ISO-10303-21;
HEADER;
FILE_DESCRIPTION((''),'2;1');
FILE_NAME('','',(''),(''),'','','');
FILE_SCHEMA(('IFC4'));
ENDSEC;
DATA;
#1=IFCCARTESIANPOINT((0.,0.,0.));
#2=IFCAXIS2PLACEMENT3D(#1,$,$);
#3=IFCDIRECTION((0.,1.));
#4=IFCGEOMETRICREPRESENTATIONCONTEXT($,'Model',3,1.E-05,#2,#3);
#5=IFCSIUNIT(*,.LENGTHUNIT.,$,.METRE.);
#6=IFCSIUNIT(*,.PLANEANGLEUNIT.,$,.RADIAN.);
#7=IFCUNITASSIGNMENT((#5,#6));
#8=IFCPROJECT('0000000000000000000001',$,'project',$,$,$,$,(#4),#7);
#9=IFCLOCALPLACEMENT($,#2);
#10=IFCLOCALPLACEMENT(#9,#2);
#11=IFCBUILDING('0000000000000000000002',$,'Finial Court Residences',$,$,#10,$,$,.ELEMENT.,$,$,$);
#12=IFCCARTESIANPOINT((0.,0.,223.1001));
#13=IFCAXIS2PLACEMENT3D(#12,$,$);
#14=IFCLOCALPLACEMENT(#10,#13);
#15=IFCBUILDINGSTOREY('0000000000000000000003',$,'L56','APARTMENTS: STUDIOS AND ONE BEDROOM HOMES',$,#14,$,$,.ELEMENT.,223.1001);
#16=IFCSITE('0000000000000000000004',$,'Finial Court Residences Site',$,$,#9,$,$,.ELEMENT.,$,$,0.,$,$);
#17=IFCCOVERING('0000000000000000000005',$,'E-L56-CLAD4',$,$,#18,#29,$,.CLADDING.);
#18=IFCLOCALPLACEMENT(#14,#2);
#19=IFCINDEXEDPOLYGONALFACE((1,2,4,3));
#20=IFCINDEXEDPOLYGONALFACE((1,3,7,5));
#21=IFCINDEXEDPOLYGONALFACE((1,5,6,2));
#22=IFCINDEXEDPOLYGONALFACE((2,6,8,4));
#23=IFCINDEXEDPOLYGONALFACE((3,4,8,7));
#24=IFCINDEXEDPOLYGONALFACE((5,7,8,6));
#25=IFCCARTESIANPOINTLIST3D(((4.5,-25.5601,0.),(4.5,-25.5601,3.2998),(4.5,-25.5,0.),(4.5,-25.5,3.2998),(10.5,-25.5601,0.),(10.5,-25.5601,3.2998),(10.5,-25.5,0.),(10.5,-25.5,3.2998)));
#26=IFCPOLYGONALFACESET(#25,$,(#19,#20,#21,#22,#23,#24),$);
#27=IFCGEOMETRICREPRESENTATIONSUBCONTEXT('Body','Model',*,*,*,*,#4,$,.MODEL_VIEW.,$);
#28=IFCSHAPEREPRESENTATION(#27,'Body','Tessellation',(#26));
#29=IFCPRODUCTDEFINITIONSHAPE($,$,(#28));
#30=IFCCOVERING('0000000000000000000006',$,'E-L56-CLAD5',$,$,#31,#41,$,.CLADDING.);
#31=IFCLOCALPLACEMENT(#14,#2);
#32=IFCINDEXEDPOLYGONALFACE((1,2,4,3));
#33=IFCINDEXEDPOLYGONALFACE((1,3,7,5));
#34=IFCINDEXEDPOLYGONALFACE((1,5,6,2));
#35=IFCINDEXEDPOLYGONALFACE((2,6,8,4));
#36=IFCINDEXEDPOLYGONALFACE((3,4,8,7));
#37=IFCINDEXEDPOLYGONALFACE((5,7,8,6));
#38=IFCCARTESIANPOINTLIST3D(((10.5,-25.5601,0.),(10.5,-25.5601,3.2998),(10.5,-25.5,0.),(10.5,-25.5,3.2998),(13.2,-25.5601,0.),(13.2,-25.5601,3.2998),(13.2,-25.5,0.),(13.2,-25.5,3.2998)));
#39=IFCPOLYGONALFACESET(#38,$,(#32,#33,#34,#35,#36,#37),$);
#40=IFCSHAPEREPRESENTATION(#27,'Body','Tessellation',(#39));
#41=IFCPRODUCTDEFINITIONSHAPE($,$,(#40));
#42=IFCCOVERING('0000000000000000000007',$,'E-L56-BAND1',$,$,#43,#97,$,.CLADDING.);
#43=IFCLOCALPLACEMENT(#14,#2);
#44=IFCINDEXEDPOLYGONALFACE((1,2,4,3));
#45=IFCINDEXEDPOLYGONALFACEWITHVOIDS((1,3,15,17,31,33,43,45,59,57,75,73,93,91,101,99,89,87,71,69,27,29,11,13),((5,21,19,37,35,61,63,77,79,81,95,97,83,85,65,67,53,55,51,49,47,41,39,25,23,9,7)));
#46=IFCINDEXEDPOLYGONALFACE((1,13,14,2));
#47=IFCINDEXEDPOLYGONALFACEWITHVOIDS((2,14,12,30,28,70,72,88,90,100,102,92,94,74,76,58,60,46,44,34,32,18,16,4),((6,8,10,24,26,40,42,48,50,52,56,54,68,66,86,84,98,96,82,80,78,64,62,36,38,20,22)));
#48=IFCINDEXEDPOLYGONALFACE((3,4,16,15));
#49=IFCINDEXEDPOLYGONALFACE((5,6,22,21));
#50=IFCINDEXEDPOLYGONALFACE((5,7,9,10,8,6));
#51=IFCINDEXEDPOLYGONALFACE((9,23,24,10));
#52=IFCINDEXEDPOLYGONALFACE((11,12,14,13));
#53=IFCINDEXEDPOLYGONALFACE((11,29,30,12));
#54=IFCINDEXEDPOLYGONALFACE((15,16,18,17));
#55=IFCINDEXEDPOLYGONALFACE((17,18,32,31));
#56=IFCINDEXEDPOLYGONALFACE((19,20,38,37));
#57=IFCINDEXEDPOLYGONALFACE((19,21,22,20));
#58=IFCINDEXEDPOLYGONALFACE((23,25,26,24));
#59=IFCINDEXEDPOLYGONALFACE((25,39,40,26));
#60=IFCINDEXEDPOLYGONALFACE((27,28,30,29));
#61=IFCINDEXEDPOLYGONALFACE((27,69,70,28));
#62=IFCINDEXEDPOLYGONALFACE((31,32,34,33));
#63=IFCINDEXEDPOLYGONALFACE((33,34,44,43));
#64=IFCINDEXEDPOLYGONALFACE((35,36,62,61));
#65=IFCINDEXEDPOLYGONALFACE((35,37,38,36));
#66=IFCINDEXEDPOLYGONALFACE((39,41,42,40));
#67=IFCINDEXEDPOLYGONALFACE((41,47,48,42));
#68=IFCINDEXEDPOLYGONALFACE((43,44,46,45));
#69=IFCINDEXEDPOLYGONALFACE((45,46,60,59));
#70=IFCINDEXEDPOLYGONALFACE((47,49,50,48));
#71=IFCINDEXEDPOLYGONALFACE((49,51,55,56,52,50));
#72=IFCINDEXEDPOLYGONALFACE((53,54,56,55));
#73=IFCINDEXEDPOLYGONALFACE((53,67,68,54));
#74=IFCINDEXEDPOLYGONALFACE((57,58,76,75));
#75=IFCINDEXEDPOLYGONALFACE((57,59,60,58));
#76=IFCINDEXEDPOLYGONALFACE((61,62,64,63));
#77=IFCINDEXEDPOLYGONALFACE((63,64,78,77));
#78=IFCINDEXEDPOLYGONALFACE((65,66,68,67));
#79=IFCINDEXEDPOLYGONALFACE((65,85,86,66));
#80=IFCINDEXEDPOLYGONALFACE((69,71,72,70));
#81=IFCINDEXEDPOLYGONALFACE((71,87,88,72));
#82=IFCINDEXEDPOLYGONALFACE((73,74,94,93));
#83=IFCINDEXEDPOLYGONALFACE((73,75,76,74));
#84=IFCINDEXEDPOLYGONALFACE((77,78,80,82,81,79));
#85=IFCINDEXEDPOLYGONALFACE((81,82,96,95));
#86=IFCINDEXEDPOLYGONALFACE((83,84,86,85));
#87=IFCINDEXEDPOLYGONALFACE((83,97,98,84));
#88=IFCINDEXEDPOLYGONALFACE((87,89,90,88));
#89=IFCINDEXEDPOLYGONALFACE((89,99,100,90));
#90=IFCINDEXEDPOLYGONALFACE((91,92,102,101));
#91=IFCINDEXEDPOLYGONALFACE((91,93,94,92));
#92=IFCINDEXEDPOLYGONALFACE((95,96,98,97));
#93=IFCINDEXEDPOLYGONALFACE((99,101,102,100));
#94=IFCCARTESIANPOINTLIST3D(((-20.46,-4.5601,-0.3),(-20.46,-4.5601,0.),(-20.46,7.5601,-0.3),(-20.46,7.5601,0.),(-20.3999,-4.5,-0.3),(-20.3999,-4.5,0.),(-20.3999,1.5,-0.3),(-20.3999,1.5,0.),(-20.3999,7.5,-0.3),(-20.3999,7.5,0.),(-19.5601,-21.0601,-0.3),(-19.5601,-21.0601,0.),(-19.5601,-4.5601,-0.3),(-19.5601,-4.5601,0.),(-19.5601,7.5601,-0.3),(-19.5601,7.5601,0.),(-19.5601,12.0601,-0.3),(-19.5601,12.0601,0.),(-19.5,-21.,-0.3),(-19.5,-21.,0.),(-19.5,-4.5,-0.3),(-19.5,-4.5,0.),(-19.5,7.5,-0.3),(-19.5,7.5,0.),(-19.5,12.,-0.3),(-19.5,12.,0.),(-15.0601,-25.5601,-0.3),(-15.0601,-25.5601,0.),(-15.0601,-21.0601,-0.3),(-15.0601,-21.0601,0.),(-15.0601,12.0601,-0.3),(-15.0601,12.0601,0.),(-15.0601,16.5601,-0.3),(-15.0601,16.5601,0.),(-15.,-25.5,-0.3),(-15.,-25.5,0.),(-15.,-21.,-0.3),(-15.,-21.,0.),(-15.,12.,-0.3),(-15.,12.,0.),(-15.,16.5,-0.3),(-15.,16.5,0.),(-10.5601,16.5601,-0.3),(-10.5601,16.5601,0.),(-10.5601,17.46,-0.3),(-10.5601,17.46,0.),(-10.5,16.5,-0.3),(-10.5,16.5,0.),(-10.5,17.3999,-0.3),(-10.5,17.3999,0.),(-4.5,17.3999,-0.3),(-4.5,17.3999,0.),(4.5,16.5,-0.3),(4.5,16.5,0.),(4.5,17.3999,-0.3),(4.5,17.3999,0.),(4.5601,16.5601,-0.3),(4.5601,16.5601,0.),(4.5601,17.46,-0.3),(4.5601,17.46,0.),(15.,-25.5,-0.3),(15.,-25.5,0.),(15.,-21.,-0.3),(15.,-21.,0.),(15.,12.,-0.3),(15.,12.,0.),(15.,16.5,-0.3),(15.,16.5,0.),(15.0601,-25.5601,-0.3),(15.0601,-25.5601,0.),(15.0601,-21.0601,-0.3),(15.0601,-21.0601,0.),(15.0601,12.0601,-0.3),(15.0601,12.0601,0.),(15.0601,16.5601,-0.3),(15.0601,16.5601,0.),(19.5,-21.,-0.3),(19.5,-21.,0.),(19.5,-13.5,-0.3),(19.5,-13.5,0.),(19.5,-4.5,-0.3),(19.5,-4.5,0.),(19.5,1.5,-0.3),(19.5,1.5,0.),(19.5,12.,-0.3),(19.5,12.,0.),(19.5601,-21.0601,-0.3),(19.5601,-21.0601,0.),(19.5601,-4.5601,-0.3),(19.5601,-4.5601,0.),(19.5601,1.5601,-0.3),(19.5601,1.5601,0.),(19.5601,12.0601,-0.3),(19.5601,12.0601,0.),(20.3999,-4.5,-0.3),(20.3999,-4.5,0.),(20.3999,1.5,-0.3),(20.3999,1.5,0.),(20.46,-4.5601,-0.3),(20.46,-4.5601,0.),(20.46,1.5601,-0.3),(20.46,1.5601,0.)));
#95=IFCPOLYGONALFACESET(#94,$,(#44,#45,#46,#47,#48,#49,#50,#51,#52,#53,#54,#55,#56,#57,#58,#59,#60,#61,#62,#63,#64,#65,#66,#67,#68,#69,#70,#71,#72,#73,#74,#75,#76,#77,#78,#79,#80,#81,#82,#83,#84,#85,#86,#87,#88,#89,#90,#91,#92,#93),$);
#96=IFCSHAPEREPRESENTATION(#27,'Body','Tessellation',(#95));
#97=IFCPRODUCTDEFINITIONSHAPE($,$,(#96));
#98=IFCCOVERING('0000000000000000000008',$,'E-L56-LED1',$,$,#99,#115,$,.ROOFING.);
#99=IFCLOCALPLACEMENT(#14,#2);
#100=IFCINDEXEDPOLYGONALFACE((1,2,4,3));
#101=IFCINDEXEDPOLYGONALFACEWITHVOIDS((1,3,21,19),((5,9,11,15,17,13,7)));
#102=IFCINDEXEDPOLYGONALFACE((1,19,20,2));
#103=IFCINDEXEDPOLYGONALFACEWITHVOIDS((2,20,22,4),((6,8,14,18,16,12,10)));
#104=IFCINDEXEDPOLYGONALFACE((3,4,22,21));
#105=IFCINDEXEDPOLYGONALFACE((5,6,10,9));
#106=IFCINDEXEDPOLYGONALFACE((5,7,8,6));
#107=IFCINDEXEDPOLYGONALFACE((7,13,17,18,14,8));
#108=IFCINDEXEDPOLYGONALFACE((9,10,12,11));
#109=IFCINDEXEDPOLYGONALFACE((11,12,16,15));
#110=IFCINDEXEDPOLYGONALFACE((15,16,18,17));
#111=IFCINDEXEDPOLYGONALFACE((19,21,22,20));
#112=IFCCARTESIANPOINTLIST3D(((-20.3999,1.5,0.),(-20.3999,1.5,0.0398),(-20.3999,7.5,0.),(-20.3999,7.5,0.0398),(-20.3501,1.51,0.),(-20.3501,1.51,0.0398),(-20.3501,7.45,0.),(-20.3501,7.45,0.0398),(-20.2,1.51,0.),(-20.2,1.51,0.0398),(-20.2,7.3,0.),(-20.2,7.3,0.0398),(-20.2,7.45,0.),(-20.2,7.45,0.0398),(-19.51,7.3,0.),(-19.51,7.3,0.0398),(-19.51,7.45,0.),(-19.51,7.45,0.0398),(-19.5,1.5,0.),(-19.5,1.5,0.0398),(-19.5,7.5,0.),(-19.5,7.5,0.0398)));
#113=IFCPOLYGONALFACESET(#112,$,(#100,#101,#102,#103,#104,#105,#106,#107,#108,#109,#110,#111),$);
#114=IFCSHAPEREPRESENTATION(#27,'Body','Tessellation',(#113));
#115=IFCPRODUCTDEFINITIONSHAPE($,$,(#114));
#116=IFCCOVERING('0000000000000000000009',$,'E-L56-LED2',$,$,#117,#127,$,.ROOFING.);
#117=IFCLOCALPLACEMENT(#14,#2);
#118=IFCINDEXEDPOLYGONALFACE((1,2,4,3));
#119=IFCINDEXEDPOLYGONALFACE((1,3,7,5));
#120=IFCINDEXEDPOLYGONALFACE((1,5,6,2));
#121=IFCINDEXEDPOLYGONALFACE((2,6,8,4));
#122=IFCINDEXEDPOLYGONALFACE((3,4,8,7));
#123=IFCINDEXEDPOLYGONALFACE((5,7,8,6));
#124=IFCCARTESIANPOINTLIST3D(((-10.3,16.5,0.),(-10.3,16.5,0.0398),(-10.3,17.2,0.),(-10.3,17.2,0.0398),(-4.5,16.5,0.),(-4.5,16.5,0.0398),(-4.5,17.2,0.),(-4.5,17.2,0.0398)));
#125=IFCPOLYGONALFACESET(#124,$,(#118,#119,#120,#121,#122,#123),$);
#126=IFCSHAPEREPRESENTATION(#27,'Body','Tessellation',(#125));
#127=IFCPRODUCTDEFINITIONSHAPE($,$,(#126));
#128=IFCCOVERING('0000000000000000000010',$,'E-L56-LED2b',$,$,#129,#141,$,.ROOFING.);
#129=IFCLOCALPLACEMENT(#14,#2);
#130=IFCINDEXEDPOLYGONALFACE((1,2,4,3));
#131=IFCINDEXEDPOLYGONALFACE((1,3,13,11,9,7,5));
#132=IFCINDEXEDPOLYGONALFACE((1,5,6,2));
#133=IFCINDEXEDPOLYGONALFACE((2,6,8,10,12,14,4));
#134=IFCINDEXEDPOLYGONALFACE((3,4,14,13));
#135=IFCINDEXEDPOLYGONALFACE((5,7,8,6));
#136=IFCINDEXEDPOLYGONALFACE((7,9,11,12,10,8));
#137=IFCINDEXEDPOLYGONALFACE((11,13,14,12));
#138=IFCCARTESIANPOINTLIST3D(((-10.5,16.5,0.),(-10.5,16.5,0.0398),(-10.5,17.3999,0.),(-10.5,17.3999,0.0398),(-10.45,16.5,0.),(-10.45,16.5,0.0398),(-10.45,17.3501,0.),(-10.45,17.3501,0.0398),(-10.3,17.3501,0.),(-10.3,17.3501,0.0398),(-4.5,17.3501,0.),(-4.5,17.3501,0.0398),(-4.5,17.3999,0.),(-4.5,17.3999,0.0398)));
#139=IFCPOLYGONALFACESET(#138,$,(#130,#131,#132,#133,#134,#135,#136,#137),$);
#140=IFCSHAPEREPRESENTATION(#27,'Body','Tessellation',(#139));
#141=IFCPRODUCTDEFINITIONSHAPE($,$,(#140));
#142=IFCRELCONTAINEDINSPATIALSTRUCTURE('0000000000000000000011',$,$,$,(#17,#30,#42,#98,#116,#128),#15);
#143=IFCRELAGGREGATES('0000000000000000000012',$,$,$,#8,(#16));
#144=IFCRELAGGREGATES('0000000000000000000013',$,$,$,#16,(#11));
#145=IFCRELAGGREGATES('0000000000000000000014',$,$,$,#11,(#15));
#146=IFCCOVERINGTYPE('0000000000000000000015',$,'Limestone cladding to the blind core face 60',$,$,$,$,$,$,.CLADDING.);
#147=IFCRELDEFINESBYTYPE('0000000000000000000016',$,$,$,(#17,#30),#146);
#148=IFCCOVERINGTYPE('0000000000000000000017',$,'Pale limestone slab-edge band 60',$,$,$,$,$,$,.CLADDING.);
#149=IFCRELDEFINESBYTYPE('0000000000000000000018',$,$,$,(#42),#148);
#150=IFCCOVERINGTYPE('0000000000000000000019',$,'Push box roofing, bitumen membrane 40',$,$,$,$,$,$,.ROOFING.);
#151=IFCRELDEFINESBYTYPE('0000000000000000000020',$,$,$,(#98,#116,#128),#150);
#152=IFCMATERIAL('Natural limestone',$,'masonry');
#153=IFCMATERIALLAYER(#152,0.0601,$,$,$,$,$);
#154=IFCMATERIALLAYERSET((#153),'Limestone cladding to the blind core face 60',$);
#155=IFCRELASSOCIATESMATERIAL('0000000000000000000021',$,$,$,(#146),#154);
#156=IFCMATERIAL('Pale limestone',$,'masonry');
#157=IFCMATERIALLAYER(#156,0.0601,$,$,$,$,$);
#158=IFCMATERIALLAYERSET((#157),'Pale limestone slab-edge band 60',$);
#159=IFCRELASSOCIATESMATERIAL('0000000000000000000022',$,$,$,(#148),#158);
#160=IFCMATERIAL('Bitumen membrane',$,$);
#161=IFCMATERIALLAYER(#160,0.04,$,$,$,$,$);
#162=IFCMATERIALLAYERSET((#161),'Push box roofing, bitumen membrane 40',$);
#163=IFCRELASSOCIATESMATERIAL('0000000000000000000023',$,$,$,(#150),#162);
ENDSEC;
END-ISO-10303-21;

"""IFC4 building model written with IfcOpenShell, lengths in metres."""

from ifc_helpers import new_model, si_unit, direction, frame, origin, place, context, subcontext, project, spatial, polyline, outline, extrude, material, layer, layer_set, type_object, element, save


model = new_model("IFC4")

# Units and contexts
model_context = context("Model", 3, precision=1e-05, world=origin(), true_north=direction((0.0, 1.0)))
body_context = subcontext(model_context, "Body", "Model", "MODEL_VIEW")
ifc_project = project(units=[si_unit("LENGTHUNIT", "METRE"), si_unit("PLANEANGLEUNIT", "RADIAN")], contexts=[model_context])

# Site, building, storey
site_placement = place(None, origin())
site = spatial("IfcSite", under=ifc_project, at=site_placement, Name="Finial Court Residences Site", CompositionType="ELEMENT", RefElevation=0.0)
building_placement = place(site_placement, origin())
building = spatial("IfcBuilding", under=site, at=building_placement, Name="Finial Court Residences", CompositionType="ELEMENT")
storey_placement = place(building_placement, frame((0.0, 0.0, 223.1001)))
storey = spatial("IfcBuildingStorey", under=building, at=storey_placement, Name="L56", Description="APARTMENTS: STUDIOS AND ONE BEDROOM HOMES", CompositionType="ELEMENT", Elevation=223.1001)

# Coverings
ifc_material_1 = material(Name="Natural limestone", Category="masonry")
ifc_layer_1 = layer(ifc_material_1, 0.0601)
ifc_layer_set_1 = layer_set([ifc_layer_1], Name="Limestone cladding to the blind core face 60")
covering_type_1 = type_object("IfcCoveringType", Name="Limestone cladding to the blind core face 60", PredefinedType="CLADDING", material=ifc_layer_set_1)
covering_1_placement = place(storey_placement, origin())
element("IfcCovering", 1, at=covering_1_placement, inside=storey, type_object=covering_type_1, Name="E-L56-CLAD4", PredefinedType="CLADDING", context=body_context, shape_type="SweptSolid", body=[
    extrude(outline(polyline([(10.5, -25.5601), (10.5, -25.5), (4.5, -25.5), (4.5, -25.5601), (10.5, -25.5601)])), origin(), (0.0, 0.0, 1.0), 3.2998),
])
covering_2_placement = place(storey_placement, origin())
element("IfcCovering", 2, at=covering_2_placement, inside=storey, type_object=covering_type_1, Name="E-L56-CLAD5", PredefinedType="CLADDING", context=body_context, shape_type="SweptSolid", body=[
    extrude(outline(polyline([(13.2, -25.5601), (13.2, -25.5), (10.5, -25.5), (10.5, -25.5601), (13.2, -25.5601)])), origin(), (0.0, 0.0, 1.0), 3.2998),
])
ifc_material_2 = material(Name="Pale limestone", Category="masonry")
ifc_layer_2 = layer(ifc_material_2, 0.0601)
ifc_layer_set_2 = layer_set([ifc_layer_2], Name="Pale limestone slab-edge band 60")
covering_type_2 = type_object("IfcCoveringType", Name="Pale limestone slab-edge band 60", PredefinedType="CLADDING", material=ifc_layer_set_2)
covering_3_placement = place(storey_placement, frame((0.0, 0.0, -0.3)))
element("IfcCovering", 3, at=covering_3_placement, inside=storey, type_object=covering_type_2, Name="E-L56-BAND1", PredefinedType="CLADDING", context=body_context, shape_type="SweptSolid", body=[
    extrude(outline(polyline([(15.0601, -21.0601), (15.0601, -25.5601), (-15.0601, -25.5601), (-15.0601, -21.0601), (-19.5601, -21.0601), (-19.5601, -4.5601), (-20.46, -4.5601), (-20.46, 7.5601), (-19.5601, 7.5601), (-19.5601, 12.0601), (-15.0601, 12.0601), (-15.0601, 16.5601), (-10.5601, 16.5601), (-10.5601, 17.46), (4.5601, 17.46), (4.5601, 16.5601), (15.0601, 16.5601), (15.0601, 12.0601), (19.5601, 12.0601), (19.5601, 1.5601), (20.46, 1.5601), (20.46, -4.5601), (19.5601, -4.5601), (19.5601, -21.0601), (15.0601, -21.0601)]), holes=[polyline([(19.5, -13.5), (19.5, -4.5), (20.3999, -4.5), (20.3999, 1.5), (19.5, 1.5), (19.5, 12.0), (15.0, 12.0), (15.0, 16.5), (4.5, 16.5), (4.5, 17.3999), (-4.5, 17.3999), (-10.5, 17.3999), (-10.5, 16.5), (-15.0, 16.5), (-15.0, 12.0), (-19.5, 12.0), (-19.5, 7.5), (-20.3999, 7.5), (-20.3999, 1.5), (-20.3999, -4.5), (-19.5, -4.5), (-19.5, -21.0), (-15.0, -21.0), (-15.0, -25.5), (15.0, -25.5), (15.0, -21.0), (19.5, -21.0), (19.5, -13.5)])]), origin(), (0.0, 0.0, 1.0), 0.3),
])
ifc_material_3 = material(Name="Bitumen membrane")
ifc_layer_3 = layer(ifc_material_3, 0.04)
ifc_layer_set_3 = layer_set([ifc_layer_3], Name="Push box roofing, bitumen membrane 40")
covering_type_3 = type_object("IfcCoveringType", Name="Push box roofing, bitumen membrane 40", PredefinedType="ROOFING", material=ifc_layer_set_3)
covering_4_placement = place(storey_placement, origin())
element("IfcCovering", 4, at=covering_4_placement, inside=storey, type_object=covering_type_3, Name="E-L56-LED1", PredefinedType="ROOFING", context=body_context, shape_type="SweptSolid", body=[
    extrude(outline(polyline([(-19.5, 1.5), (-20.3999, 1.5), (-20.3999, 7.5), (-19.5, 7.5), (-19.5, 1.5)]), holes=[polyline([(-20.3501, 7.45), (-20.3501, 1.51), (-20.2, 1.51), (-20.2, 7.3), (-19.51, 7.3), (-19.51, 7.45), (-20.2, 7.45), (-20.3501, 7.45)])]), origin(), (0.0, 0.0, 1.0), 0.0398),
])
covering_5_placement = place(storey_placement, origin())
element("IfcCovering", 5, at=covering_5_placement, inside=storey, type_object=covering_type_3, Name="E-L56-LED2", PredefinedType="ROOFING", context=body_context, shape_type="SweptSolid", body=[
    extrude(outline(polyline([(-10.3, 16.5), (-10.3, 17.2), (-4.5, 17.2), (-4.5, 16.5), (-10.3, 16.5)])), origin(), (0.0, 0.0, 1.0), 0.0398),
])
covering_6_placement = place(storey_placement, origin())
element("IfcCovering", 6, at=covering_6_placement, inside=storey, type_object=covering_type_3, Name="E-L56-LED2b", PredefinedType="ROOFING", context=body_context, shape_type="SweptSolid", body=[
    extrude(outline(polyline([(-10.5, 16.5), (-10.5, 17.3999), (-4.5, 17.3999), (-4.5, 17.3501), (-10.3, 17.3501), (-10.3, 17.3501), (-10.45, 17.3501), (-10.45, 16.5), (-10.5, 16.5)])), origin(), (0.0, 0.0, 1.0), 0.0398),
])

save(model, "model.ifc")
